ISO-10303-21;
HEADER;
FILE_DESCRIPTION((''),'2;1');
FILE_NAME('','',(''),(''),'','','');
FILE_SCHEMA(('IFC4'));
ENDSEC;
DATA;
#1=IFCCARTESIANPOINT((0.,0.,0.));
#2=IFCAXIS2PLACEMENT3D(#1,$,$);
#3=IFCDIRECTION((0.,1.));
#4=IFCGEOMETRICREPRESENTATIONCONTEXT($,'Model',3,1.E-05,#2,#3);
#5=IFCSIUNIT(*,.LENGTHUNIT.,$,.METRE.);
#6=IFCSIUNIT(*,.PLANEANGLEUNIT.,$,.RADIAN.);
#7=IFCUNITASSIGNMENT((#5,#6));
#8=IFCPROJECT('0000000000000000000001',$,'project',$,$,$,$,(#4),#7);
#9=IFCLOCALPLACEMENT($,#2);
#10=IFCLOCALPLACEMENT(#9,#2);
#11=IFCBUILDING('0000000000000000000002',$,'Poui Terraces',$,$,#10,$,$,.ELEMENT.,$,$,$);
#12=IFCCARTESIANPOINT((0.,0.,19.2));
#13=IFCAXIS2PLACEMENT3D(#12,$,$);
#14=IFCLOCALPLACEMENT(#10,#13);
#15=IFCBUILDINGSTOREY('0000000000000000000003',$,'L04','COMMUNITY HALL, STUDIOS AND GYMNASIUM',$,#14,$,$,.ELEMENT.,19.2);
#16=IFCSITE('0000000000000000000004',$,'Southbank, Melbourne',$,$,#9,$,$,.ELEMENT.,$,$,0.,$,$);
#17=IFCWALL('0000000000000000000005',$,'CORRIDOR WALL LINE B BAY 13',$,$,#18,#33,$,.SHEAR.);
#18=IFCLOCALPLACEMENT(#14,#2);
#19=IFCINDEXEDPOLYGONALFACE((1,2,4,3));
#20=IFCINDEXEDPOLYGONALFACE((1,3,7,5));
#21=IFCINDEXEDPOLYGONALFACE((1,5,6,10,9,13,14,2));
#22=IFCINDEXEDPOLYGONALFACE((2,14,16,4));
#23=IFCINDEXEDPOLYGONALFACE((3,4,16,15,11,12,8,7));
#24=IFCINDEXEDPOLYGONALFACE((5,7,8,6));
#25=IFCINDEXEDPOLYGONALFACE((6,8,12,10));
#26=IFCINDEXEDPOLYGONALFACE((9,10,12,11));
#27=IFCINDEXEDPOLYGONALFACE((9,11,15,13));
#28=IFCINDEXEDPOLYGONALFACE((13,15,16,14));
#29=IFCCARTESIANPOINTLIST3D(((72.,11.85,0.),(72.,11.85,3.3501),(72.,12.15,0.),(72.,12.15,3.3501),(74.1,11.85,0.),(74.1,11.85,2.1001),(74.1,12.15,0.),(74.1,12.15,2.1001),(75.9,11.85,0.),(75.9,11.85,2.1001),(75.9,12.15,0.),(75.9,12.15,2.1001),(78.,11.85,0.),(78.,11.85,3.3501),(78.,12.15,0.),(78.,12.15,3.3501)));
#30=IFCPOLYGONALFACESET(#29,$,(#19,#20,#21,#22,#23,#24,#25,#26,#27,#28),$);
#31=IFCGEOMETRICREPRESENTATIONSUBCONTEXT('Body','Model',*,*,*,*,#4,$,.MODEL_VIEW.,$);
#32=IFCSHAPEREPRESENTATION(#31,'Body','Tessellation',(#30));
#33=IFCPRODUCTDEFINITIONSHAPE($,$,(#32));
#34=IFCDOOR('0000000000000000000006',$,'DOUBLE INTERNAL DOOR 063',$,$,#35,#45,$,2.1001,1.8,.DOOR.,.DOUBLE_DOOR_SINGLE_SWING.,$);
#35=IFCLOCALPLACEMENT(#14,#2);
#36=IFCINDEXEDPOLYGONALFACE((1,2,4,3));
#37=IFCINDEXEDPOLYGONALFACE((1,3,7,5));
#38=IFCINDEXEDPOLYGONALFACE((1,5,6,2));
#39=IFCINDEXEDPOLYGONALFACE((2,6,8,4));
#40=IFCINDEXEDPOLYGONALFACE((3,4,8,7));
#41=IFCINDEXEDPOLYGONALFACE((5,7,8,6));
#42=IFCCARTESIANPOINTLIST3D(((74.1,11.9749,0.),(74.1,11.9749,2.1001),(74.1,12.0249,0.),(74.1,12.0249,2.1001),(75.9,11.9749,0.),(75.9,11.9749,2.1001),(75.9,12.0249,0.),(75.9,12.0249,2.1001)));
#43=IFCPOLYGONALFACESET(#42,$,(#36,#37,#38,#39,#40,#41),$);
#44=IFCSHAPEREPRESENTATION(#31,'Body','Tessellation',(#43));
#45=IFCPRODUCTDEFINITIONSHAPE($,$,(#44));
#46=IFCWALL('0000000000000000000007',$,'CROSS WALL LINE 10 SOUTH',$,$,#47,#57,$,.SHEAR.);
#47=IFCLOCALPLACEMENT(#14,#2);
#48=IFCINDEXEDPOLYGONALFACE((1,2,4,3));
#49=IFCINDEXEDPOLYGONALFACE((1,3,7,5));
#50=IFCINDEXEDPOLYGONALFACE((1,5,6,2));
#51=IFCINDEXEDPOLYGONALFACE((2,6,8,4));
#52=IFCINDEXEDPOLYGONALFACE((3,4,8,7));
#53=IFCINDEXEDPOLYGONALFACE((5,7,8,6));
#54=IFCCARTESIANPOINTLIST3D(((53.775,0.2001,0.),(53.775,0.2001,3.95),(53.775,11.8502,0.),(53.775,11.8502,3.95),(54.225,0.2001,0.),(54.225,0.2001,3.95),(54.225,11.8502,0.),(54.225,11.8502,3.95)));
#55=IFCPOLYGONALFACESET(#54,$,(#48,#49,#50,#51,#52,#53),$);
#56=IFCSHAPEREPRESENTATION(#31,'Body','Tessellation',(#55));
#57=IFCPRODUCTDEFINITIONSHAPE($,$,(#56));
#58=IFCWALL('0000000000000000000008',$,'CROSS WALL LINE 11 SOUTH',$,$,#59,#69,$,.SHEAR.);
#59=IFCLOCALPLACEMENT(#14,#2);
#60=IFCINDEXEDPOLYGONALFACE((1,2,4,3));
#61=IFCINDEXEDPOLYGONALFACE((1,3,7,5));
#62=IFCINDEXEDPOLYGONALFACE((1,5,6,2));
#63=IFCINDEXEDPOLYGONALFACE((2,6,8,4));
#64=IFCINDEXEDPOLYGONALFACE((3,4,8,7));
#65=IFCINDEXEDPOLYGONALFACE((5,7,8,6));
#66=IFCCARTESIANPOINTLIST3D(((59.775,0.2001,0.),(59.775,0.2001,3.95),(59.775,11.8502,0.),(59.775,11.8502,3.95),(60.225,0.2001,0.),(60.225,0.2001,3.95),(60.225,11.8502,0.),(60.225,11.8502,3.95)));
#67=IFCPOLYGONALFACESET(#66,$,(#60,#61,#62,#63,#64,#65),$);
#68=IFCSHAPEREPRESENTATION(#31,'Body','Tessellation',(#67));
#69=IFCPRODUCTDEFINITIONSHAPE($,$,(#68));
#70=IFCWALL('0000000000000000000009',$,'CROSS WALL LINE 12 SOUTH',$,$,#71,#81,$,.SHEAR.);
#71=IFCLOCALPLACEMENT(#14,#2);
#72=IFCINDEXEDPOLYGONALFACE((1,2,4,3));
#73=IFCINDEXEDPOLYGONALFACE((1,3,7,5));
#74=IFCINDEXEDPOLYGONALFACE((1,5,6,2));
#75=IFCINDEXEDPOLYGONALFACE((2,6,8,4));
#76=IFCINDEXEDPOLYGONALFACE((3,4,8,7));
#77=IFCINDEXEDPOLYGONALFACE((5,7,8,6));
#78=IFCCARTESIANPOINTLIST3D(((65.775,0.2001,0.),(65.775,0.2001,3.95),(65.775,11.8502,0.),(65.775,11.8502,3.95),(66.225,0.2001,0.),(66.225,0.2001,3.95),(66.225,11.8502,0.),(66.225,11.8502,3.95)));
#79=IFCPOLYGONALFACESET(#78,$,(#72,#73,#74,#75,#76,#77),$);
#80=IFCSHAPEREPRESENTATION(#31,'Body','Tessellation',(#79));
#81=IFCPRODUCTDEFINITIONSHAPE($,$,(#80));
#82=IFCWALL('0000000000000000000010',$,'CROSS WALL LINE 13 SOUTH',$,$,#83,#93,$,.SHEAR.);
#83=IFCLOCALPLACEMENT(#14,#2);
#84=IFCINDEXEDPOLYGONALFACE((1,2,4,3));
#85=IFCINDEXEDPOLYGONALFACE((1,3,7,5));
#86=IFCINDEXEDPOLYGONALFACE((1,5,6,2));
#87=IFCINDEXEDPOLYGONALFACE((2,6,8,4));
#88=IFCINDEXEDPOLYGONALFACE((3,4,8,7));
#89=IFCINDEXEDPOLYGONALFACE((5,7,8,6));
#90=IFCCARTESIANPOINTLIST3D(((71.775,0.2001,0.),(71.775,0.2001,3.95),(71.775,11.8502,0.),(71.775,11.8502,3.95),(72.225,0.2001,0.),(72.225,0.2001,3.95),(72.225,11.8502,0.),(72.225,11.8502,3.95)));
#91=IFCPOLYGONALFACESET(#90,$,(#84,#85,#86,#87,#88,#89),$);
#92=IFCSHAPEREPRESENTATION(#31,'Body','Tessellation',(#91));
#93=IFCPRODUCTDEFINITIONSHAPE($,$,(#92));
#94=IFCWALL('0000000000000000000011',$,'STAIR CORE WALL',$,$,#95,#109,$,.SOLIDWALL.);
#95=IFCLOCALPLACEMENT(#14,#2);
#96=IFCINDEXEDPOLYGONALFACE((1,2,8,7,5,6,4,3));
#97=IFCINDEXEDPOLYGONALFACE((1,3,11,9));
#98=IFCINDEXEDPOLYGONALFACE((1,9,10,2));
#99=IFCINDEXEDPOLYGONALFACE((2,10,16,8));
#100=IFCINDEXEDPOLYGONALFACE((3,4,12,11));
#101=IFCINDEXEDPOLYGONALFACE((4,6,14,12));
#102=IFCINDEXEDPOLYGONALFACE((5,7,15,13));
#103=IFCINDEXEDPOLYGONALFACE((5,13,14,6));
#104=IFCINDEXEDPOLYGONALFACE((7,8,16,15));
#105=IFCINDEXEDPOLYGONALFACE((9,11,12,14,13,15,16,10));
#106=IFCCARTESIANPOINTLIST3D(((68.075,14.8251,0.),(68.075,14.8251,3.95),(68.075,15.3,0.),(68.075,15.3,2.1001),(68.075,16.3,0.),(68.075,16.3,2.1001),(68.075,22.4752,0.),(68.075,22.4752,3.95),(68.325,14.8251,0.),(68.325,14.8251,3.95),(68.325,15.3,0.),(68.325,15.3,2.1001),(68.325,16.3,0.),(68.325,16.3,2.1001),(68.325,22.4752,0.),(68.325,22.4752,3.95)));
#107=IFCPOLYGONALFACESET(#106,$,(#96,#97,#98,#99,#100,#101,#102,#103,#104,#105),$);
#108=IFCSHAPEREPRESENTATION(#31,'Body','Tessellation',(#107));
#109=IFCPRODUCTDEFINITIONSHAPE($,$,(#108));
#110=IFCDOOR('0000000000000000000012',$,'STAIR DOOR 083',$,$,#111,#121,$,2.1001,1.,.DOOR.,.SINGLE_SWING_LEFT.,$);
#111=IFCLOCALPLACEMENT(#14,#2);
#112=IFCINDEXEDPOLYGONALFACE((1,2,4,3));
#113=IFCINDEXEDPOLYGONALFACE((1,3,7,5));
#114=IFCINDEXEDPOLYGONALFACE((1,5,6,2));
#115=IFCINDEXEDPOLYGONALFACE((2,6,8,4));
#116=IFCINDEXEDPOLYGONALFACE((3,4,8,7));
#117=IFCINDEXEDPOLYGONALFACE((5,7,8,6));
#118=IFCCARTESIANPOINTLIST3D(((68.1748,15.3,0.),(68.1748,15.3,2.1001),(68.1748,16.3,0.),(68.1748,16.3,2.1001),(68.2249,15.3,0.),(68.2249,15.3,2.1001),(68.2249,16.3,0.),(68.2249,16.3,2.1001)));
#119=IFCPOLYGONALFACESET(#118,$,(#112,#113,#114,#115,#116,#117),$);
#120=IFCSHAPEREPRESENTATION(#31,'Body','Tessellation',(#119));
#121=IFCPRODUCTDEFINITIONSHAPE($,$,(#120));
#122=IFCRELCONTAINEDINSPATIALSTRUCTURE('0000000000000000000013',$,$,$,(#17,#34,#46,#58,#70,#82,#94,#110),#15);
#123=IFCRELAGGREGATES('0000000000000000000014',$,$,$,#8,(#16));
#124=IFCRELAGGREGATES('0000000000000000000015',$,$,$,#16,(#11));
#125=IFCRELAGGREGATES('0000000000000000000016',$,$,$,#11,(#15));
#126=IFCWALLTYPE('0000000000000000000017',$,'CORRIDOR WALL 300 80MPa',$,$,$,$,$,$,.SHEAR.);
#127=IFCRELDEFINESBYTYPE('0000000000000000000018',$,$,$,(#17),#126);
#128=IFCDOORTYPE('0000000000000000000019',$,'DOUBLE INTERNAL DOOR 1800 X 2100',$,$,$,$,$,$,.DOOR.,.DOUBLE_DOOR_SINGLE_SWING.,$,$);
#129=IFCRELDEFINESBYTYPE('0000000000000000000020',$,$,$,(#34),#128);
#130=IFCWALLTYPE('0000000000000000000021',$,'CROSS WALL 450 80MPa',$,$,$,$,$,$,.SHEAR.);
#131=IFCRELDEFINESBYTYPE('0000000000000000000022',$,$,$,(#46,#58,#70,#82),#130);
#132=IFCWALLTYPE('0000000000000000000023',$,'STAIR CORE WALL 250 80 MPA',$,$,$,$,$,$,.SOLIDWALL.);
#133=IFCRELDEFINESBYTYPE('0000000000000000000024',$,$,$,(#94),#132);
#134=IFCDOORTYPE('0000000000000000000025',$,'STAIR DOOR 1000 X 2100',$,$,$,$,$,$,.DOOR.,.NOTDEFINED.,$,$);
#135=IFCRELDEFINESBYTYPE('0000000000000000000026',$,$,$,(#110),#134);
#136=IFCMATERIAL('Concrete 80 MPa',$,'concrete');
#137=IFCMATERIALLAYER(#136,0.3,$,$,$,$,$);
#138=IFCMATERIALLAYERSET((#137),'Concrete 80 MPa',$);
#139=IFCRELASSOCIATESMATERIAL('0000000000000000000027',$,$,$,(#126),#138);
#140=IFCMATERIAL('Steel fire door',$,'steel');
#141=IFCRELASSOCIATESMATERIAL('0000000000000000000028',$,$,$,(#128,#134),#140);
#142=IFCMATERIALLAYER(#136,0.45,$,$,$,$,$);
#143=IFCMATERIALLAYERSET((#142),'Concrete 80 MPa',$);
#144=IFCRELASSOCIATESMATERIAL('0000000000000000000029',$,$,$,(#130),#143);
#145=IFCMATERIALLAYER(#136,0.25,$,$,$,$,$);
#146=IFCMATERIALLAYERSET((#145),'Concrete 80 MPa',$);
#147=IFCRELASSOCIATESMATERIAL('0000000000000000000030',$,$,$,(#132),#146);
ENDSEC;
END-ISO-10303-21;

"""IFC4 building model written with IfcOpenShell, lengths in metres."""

from ifc_helpers import new_model, si_unit, direction, frame, frame_2d, origin, place, context, subcontext, project, spatial, rectangle, extrude, material, layer, layer_set, type_object, element, fill, save


model = new_model("IFC4")

# Units and contexts
model_context = context("Model", 3, precision=1e-05, world=origin(), true_north=direction((0.0, 1.0)))
body_context = subcontext(model_context, "Body", "Model", "MODEL_VIEW")
ifc_project = project(units=[si_unit("LENGTHUNIT", "METRE"), si_unit("PLANEANGLEUNIT", "RADIAN")], contexts=[model_context])

# Site, building, storey
site_placement = place(None, origin())
site = spatial("IfcSite", under=ifc_project, at=site_placement, Name="Southbank, Melbourne", CompositionType="ELEMENT", RefElevation=0.0)
building_placement = place(site_placement, origin())
building = spatial("IfcBuilding", under=site, at=building_placement, Name="Poui Terraces", CompositionType="ELEMENT")
storey_placement = place(building_placement, frame((0.0, 0.0, 19.2)))
storey = spatial("IfcBuildingStorey", under=building, at=storey_placement, Name="L04", Description="COMMUNITY HALL, STUDIOS AND GYMNASIUM", CompositionType="ELEMENT", Elevation=19.2)

# Shared definitions
ifc_material_1 = material(Name="Concrete 80 MPa", Category="concrete")

# Wall, opening, door
ifc_layer_1 = layer(ifc_material_1, 0.3)
ifc_layer_set_1 = layer_set([ifc_layer_1], Name="Concrete 80 MPa")
wall_type_1 = type_object("IfcWallType", Name="CORRIDOR WALL 300 80MPa", PredefinedType="SHEAR", material=ifc_layer_set_1)
ifc_material_2 = material(Name="Steel fire door", Category="steel")
door_type_1 = type_object("IfcDoorType", Name="DOUBLE INTERNAL DOOR 1800 X 2100", OperationType="DOUBLE_DOOR_SINGLE_SWING", PredefinedType="DOOR", material=ifc_material_2)
wall_1_placement = place(storey_placement, frame((72.0, 12.0, 0.0), z_axis=(0.0, 0.0, 1.0), x_axis=(1.0, 0.0, 0.0)))
wall_1 = element("IfcWall", 1, at=wall_1_placement, inside=storey, type_object=wall_type_1, Name="CORRIDOR WALL LINE B BAY 13", PredefinedType="SHEAR", context=body_context, shape_type="SweptSolid", body=[
    extrude(rectangle(XDim=6.0, YDim=0.3, at=frame_2d((3.0, 0.0))), origin(), (0.0, 0.0, 1.0), 3.3501),
])
opening_1_placement = place(wall_1_placement, frame((2.1001, 0.0, 0.0)))
opening_1 = element("IfcOpeningElement", 2, at=opening_1_placement, cuts=wall_1, PredefinedType="OPENING", context=body_context, shape_type="SweptSolid", body=[
    extrude(rectangle(XDim=1.8, YDim=2.1001, at=frame_2d((0.8999, 1.05))), frame((0.0, 0.1602, 0.0), z_axis=(0.0, -1.0, 0.0), x_axis=(1.0, 0.0, 0.0)), (0.0, 0.0, 1.0), 0.3201),
])
door_1_placement = place(opening_1_placement, origin())
door_1 = element("IfcDoor", 3, at=door_1_placement, inside=storey, type_object=door_type_1, Name="DOUBLE INTERNAL DOOR 063", OperationType="DOUBLE_DOOR_SINGLE_SWING", OverallHeight=2.1001, OverallWidth=1.8, PredefinedType="DOOR", context=body_context, shape_type="SweptSolid", body=[
    extrude(rectangle(XDim=1.8, YDim=2.1001, at=frame_2d((0.8999, 1.05))), frame((0.0, 0.0249, 0.0), z_axis=(0.0, -1.0, 0.0), x_axis=(1.0, 0.0, 0.0)), (0.0, 0.0, 1.0), 0.05),
])
fill(opening_1, door_1)

# Walls
ifc_layer_2 = layer(ifc_material_1, 0.45)
ifc_layer_set_2 = layer_set([ifc_layer_2], Name="Concrete 80 MPa")
wall_type_2 = type_object("IfcWallType", Name="CROSS WALL 450 80MPa", PredefinedType="SHEAR", material=ifc_layer_set_2)
for number, where, z_axis, x_axis, name in (
    (4, (54.0, 0.2, 0.0), (0.0, 0.0, 1.0), (0.0, 1.0, 0.0), "CROSS WALL LINE 10 SOUTH"),
    (5, (60.0, 0.2, 0.0), (0.0, 0.0, 1.0), (0.0, 1.0, 0.0), "CROSS WALL LINE 11 SOUTH"),
    (6, (66.0, 0.2, 0.0), (0.0, 0.0, 1.0), (0.0, 1.0, 0.0), "CROSS WALL LINE 12 SOUTH"),
    (7, (72.0, 0.2, 0.0), (0.0, 0.0, 1.0), (0.0, 1.0, 0.0), "CROSS WALL LINE 13 SOUTH"),
):
    element("IfcWall", number, at=place(storey_placement, frame(where, z_axis=z_axis, x_axis=x_axis)), inside=storey, type_object=wall_type_2, Name=name, PredefinedType="SHEAR", context=body_context, shape_type="SweptSolid", body=[
        extrude(rectangle(XDim=11.6501, YDim=0.45, at=frame_2d((5.8252, 0.0))), origin(), (0.0, 0.0, 1.0), 3.95),
    ])

# Wall, opening, door
ifc_layer_3 = layer(ifc_material_1, 0.25)
ifc_layer_set_3 = layer_set([ifc_layer_3], Name="Concrete 80 MPa")
wall_type_3 = type_object("IfcWallType", Name="STAIR CORE WALL 250 80 MPA", PredefinedType="SOLIDWALL", material=ifc_layer_set_3)
wall_2_placement = place(storey_placement, frame((68.2, 14.825, 0.0), z_axis=(0.0, 0.0, 1.0), x_axis=(0.0, 1.0, 0.0)))
wall_2 = element("IfcWall", 8, at=wall_2_placement, inside=storey, type_object=wall_type_3, Name="STAIR CORE WALL", PredefinedType="SOLIDWALL", context=body_context, shape_type="SweptSolid", body=[
    extrude(rectangle(XDim=7.6501, YDim=0.25, at=frame_2d((3.8252, 0.0))), origin(), (0.0, 0.0, 1.0), 3.95),
])
opening_2_placement = place(wall_2_placement, frame((0.4751, 0.0, 0.0)))
opening_2 = element("IfcOpeningElement", 9, at=opening_2_placement, cuts=wall_2, PredefinedType="OPENING", context=body_context, shape_type="SweptSolid", body=[
    extrude(rectangle(XDim=1.0, YDim=2.1001, at=frame_2d((0.5, 1.05))), frame((0.0, 0.135, 0.0), z_axis=(0.0, -1.0, 0.0), x_axis=(1.0, 0.0, 0.0)), (0.0, 0.0, 1.0), 0.27),
])
door_type_2 = type_object("IfcDoorType", Name="STAIR DOOR 1000 X 2100", OperationType="NOTDEFINED", PredefinedType="DOOR", material=ifc_material_2)
door_2_placement = place(opening_2_placement, frame((1.0, 0.0, 0.0), z_axis=(0.0, 0.0, 1.0), x_axis=(-1.0, 0.0, 0.0)))
door_2 = element("IfcDoor", 10, at=door_2_placement, inside=storey, type_object=door_type_2, Name="STAIR DOOR 083", OperationType="SINGLE_SWING_LEFT", OverallHeight=2.1001, OverallWidth=1.0, PredefinedType="DOOR", context=body_context, shape_type="SweptSolid", body=[
    extrude(rectangle(XDim=1.0, YDim=2.1001, at=frame_2d((0.5, 1.05))), frame((0.0, 0.0249, 0.0), z_axis=(0.0, -1.0, 0.0), x_axis=(1.0, 0.0, 0.0)), (0.0, 0.0, 1.0), 0.05),
])
fill(opening_2, door_2)

save(model, "model.ifc")
